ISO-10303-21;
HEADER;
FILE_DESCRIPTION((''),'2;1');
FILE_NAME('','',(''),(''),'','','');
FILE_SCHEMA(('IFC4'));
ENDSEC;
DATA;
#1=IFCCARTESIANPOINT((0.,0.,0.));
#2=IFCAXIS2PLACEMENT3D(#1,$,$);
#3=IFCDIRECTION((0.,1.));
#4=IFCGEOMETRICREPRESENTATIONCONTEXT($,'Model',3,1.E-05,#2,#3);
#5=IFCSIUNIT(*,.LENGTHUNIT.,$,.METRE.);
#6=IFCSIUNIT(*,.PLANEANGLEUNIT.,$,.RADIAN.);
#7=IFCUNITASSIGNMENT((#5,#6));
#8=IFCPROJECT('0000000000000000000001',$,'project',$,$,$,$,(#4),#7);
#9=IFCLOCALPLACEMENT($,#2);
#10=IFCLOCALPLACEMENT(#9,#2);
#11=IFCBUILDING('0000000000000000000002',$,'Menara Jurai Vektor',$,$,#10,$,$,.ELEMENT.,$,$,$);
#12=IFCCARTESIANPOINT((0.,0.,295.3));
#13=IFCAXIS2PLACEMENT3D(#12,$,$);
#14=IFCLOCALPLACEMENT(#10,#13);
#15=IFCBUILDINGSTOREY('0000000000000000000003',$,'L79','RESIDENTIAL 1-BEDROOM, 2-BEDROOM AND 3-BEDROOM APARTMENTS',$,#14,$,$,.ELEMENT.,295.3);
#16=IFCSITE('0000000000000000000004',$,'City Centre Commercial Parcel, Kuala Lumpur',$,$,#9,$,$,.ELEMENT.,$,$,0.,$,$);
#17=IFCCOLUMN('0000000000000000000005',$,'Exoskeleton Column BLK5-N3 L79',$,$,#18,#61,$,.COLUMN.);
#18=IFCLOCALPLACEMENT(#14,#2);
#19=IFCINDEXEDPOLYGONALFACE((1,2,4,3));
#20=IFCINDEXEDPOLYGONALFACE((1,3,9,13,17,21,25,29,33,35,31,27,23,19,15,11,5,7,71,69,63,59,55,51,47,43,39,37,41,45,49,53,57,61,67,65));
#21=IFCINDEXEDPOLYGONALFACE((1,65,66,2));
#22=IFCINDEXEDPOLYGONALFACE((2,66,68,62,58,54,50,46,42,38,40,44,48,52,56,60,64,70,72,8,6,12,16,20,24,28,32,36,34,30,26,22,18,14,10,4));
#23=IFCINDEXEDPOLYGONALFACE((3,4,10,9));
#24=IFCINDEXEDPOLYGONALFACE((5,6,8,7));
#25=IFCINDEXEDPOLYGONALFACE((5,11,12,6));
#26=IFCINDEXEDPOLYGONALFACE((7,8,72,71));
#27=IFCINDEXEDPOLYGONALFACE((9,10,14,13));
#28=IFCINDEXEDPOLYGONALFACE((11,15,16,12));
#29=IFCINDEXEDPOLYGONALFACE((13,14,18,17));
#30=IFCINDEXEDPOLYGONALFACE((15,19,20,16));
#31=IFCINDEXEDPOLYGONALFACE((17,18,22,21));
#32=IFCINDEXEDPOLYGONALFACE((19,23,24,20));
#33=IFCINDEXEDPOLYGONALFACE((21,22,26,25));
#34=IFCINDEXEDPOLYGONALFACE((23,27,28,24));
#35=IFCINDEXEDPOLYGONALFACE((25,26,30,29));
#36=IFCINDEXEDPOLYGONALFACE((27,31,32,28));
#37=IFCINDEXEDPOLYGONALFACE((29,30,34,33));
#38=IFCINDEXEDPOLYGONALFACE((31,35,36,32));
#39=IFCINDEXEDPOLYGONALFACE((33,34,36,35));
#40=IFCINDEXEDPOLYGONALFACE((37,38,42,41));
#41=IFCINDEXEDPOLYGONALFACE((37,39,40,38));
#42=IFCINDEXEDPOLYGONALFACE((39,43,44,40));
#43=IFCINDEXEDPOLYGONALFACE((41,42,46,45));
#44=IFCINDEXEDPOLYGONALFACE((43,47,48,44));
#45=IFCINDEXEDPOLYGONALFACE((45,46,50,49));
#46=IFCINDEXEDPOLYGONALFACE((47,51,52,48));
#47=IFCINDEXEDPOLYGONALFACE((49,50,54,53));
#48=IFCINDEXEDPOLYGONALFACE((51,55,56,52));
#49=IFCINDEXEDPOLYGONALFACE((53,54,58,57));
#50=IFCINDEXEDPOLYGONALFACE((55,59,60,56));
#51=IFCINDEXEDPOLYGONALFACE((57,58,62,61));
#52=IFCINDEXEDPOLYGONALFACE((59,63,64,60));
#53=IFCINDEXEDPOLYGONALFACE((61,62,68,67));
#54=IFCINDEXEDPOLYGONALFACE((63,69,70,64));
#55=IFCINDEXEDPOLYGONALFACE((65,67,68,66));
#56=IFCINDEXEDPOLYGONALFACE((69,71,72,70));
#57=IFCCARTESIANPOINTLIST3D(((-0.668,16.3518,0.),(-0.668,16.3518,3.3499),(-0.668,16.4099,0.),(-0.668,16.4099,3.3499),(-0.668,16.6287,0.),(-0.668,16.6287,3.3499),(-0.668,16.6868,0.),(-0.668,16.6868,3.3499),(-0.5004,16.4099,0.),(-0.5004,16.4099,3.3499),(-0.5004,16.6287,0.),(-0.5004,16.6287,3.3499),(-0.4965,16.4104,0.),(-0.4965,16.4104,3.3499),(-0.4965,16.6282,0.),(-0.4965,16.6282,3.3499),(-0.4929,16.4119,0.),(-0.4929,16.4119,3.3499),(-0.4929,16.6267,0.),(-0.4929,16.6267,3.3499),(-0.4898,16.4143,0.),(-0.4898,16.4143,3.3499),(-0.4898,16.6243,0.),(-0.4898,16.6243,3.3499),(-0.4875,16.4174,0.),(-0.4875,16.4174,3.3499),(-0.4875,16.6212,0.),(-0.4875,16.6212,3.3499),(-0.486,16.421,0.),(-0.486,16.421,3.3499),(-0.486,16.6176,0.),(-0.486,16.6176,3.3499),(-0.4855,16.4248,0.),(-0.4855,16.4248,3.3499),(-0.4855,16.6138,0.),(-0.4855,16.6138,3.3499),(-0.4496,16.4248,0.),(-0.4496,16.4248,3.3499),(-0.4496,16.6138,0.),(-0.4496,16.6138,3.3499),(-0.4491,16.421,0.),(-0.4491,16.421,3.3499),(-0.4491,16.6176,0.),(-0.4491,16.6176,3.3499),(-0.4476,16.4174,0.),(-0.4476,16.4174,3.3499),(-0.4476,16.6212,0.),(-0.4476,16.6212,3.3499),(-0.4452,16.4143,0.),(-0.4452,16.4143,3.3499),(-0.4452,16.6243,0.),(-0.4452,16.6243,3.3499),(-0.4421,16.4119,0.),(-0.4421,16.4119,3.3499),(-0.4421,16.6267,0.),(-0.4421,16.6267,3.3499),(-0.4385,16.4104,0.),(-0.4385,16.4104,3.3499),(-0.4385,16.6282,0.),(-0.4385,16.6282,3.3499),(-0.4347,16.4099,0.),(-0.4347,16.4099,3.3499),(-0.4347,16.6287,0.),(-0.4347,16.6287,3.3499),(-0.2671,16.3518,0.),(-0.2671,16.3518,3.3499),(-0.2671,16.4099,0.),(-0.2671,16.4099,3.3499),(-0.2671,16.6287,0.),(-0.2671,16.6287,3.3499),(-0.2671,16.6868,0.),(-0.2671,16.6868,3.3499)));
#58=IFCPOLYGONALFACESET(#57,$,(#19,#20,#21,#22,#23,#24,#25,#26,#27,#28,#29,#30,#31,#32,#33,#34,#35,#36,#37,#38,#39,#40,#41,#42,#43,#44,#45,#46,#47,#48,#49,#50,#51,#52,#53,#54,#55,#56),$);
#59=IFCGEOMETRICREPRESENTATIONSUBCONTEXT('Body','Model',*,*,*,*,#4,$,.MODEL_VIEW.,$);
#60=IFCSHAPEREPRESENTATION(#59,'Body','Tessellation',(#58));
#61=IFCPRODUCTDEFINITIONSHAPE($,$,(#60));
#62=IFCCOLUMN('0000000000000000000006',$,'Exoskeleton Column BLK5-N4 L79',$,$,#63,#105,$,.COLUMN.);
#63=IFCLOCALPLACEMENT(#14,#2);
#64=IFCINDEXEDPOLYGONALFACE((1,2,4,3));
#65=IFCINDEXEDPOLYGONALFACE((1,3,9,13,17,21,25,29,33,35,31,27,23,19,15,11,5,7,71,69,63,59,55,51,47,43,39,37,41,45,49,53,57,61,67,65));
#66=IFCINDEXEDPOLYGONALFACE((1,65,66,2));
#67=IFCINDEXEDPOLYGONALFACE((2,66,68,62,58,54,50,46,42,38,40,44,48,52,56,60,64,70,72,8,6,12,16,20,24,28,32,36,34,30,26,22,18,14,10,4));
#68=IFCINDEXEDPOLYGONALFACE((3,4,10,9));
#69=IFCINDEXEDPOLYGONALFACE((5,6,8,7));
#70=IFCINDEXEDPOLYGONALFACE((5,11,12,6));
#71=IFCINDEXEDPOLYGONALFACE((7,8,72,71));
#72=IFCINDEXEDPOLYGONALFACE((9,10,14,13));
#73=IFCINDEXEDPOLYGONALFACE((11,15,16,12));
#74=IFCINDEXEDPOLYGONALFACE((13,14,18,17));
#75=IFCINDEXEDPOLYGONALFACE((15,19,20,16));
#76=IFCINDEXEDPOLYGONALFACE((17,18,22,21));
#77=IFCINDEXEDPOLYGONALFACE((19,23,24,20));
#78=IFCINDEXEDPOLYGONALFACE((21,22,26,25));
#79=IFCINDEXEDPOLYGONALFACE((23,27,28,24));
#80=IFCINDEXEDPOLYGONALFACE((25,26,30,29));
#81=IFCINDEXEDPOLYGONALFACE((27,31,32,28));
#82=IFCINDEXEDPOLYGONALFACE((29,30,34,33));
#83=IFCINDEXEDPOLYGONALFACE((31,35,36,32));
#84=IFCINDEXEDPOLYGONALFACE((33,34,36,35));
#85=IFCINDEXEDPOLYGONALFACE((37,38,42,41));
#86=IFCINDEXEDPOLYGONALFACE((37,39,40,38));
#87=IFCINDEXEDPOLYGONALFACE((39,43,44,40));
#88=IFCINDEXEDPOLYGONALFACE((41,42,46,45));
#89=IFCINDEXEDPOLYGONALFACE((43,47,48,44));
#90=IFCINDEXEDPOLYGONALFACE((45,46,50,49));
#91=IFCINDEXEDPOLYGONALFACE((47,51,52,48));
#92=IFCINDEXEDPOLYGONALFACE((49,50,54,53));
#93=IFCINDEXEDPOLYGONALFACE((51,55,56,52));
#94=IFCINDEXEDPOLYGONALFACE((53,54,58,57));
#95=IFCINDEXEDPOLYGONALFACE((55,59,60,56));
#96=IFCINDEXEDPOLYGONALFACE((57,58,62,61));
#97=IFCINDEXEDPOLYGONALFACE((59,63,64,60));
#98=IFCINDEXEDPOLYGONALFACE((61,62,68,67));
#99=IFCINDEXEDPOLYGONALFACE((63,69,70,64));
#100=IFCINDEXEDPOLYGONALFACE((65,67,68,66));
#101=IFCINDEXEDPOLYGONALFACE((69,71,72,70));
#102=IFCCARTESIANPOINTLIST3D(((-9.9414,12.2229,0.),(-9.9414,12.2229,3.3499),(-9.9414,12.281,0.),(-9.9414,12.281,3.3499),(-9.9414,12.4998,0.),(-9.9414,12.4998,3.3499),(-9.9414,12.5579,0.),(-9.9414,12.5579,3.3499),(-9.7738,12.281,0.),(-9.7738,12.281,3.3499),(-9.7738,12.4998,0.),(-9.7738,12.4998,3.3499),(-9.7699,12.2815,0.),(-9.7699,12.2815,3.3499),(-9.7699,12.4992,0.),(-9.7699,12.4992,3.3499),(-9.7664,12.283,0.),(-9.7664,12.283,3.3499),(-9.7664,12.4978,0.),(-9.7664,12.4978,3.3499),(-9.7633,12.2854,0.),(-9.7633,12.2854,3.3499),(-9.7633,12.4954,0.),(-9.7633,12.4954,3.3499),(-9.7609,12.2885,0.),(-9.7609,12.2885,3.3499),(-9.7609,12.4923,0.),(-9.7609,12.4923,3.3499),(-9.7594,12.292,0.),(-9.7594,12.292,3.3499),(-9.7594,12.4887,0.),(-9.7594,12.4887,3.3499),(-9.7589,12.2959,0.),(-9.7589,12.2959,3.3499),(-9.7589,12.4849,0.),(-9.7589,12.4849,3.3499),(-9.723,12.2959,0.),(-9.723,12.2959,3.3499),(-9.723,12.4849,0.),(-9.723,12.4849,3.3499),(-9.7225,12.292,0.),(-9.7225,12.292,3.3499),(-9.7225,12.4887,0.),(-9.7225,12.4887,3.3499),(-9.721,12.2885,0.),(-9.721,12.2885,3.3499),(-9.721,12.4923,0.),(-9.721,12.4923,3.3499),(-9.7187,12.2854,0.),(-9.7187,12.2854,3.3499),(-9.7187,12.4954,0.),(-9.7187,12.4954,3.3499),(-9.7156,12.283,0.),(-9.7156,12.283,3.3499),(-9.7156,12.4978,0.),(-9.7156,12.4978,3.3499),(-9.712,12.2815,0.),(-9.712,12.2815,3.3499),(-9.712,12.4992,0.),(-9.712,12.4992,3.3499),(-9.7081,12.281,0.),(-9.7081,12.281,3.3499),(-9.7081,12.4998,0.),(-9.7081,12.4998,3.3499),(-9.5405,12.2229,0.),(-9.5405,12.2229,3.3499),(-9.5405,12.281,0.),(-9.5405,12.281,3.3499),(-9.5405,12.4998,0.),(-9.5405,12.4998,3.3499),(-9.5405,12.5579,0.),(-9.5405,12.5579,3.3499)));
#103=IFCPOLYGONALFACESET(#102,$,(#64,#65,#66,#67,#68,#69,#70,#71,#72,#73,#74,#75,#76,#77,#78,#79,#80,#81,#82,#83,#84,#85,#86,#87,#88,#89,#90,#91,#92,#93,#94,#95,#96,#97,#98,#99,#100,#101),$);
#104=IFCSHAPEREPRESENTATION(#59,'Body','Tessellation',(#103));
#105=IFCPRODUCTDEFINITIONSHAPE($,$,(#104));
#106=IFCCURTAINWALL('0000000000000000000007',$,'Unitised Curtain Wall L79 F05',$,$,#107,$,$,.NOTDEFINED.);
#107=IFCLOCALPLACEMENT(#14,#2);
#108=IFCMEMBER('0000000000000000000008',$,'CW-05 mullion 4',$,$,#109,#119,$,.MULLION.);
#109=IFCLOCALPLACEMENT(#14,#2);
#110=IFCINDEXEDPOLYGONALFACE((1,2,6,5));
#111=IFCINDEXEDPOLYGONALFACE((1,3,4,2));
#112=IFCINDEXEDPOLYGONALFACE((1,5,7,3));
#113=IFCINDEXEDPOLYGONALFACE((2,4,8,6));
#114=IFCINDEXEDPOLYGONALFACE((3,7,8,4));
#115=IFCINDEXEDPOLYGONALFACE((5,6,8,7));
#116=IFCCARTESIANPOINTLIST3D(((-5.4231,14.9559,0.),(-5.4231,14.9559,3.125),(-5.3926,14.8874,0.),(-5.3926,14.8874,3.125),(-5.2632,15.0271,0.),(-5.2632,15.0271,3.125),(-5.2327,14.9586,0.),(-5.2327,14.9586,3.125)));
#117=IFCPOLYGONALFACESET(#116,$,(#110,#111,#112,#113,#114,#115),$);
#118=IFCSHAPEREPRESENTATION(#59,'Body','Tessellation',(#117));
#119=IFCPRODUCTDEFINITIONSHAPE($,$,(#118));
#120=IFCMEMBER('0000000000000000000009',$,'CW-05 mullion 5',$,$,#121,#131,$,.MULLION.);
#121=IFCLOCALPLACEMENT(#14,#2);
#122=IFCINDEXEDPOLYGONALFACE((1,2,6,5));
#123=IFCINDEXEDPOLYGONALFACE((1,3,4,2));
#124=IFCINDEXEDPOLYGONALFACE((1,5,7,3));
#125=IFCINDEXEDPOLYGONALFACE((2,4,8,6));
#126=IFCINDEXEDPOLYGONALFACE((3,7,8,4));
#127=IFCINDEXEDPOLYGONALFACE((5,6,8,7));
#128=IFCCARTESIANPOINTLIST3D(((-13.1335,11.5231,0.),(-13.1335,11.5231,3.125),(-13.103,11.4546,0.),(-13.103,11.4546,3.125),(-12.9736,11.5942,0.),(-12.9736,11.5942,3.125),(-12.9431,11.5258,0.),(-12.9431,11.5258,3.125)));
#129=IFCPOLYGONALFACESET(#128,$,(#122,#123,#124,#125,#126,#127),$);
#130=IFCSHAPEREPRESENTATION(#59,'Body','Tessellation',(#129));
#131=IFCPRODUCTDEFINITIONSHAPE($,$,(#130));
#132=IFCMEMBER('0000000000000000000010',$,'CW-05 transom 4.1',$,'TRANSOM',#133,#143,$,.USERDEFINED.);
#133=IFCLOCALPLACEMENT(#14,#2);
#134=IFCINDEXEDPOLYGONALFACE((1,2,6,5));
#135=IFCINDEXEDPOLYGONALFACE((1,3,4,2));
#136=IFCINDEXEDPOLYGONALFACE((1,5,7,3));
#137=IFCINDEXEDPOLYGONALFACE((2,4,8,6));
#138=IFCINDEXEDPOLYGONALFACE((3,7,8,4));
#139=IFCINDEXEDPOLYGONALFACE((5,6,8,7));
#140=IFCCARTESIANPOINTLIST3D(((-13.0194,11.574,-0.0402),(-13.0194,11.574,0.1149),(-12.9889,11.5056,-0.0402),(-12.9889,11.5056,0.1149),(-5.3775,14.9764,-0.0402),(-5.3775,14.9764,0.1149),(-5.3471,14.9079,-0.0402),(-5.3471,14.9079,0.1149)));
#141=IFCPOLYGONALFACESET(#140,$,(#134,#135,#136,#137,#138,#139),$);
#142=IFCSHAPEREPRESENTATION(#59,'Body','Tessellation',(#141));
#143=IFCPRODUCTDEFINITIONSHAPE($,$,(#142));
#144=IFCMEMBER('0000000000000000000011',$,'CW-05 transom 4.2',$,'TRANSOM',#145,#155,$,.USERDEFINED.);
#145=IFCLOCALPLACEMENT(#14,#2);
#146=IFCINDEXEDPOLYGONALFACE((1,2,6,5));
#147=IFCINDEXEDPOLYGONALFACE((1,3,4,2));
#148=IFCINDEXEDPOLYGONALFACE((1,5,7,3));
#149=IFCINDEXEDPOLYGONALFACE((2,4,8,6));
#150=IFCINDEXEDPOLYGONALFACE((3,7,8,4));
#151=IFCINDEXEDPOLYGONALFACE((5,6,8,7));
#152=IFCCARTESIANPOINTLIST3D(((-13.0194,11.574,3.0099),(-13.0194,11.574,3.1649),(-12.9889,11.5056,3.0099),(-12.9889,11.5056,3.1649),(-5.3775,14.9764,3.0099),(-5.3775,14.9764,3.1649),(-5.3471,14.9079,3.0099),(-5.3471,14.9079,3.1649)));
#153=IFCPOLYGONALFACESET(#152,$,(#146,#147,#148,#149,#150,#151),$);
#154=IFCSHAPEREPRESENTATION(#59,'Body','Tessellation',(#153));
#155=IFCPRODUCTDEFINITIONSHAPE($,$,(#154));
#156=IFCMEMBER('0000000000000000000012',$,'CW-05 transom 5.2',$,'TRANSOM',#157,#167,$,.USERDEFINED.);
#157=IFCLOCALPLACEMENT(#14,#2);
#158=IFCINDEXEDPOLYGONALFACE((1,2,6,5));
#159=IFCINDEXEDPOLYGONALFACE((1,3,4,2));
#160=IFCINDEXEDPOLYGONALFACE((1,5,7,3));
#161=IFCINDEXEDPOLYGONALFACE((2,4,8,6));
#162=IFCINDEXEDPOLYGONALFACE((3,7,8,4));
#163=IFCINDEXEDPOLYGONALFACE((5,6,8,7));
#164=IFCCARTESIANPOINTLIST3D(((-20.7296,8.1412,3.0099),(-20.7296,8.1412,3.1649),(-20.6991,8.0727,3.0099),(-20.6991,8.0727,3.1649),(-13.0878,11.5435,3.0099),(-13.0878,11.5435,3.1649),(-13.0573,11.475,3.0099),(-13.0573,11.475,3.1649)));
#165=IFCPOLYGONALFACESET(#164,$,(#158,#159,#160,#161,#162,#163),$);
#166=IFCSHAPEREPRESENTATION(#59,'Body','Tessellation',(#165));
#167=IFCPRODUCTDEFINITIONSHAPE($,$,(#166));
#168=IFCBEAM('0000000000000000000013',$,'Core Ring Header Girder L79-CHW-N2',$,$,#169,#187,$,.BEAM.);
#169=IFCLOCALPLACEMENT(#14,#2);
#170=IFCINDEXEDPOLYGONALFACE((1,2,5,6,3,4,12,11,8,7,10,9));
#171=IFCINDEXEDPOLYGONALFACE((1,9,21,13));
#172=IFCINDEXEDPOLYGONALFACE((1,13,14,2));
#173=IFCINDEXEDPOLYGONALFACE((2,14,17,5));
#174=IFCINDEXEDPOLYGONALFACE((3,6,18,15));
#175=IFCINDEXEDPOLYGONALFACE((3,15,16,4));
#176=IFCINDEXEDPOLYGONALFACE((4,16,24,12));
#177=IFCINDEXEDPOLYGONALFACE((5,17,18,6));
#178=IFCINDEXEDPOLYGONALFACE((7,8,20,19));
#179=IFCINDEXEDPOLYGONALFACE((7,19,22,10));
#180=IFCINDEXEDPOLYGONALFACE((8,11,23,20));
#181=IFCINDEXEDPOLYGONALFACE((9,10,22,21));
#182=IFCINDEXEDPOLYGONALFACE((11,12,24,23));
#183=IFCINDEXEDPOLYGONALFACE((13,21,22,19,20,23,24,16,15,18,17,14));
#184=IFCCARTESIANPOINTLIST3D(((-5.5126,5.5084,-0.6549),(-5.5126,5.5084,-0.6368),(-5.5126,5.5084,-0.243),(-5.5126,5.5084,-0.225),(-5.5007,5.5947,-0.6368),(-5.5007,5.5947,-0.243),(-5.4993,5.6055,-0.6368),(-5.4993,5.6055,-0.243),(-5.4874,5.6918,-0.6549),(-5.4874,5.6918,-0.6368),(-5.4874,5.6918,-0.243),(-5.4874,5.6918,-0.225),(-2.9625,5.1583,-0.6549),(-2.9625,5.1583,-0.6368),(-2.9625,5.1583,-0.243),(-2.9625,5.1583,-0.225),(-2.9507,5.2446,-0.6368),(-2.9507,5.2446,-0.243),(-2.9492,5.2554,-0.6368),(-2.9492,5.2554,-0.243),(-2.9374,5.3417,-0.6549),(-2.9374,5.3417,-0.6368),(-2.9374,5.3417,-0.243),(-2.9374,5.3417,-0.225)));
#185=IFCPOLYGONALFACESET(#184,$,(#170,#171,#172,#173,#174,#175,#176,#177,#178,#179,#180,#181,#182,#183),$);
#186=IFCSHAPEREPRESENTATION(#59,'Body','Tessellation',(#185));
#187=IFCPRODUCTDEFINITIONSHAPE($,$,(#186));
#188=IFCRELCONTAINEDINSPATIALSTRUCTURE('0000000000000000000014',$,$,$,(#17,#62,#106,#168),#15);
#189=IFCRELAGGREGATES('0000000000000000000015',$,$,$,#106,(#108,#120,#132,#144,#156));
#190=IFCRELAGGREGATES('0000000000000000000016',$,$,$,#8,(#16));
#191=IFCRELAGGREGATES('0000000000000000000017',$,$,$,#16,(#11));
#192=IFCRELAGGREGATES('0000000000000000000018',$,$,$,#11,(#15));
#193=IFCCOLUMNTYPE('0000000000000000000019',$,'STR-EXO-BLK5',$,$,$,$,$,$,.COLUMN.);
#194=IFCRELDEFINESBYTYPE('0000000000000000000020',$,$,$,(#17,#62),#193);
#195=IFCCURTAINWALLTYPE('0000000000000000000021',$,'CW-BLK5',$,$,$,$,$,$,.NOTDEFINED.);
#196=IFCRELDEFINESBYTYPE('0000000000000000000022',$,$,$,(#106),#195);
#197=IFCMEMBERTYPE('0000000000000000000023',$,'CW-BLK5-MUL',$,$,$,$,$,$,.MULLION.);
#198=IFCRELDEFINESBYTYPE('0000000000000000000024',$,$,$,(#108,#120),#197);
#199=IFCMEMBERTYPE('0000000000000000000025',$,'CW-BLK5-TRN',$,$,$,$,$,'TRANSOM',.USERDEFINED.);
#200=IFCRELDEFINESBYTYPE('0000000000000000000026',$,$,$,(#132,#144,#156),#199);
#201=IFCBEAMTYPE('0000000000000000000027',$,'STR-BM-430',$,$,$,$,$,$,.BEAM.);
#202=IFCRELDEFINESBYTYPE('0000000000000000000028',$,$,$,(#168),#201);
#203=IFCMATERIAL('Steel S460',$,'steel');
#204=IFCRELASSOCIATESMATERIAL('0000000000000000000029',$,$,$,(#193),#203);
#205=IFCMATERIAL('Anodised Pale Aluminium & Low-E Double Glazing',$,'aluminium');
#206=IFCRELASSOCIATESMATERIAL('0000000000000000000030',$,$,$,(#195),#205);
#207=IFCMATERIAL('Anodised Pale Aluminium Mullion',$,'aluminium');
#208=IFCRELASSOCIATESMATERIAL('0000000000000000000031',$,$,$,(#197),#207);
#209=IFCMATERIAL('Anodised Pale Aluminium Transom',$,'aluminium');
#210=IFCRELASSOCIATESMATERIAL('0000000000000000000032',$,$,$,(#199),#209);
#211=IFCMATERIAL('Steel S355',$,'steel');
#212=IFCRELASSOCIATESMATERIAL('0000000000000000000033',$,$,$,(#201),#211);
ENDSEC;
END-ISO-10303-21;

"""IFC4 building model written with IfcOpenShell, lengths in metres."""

from ifc_helpers import new_model, si_unit, direction, frame, origin, origin_2d, place, context, subcontext, project, spatial, rectangle, i_section, extrude, material, material_profile, profile_set, type_object, element, aggregate, save


model = new_model("IFC4")

# Units and contexts
model_context = context("Model", 3, precision=1e-05, world=origin(), true_north=direction((0.0, 1.0)))
body_context = subcontext(model_context, "Body", "Model", "MODEL_VIEW")
ifc_project = project(units=[si_unit("LENGTHUNIT", "METRE"), si_unit("PLANEANGLEUNIT", "RADIAN")], contexts=[model_context])

# Site, building, storey
site_placement = place(None, origin())
site = spatial("IfcSite", under=ifc_project, at=site_placement, Name="City Centre Commercial Parcel, Kuala Lumpur", CompositionType="ELEMENT", RefElevation=0.0)
building_placement = place(site_placement, origin())
building = spatial("IfcBuilding", under=site, at=building_placement, Name="Menara Jurai Vektor", CompositionType="ELEMENT")
storey_placement = place(building_placement, frame((0.0, 0.0, 295.3)))
storey = spatial("IfcBuildingStorey", under=building, at=storey_placement, Name="L79", Description="RESIDENTIAL 1-BEDROOM, 2-BEDROOM AND 3-BEDROOM APARTMENTS", CompositionType="ELEMENT", Elevation=295.3)

# Columns
ifc_material_1 = material(Name="Steel S460", Category="steel")
ifc_material_profile_1 = material_profile(ifc_material_1, i_section(OverallWidth=0.4009, OverallDepth=0.335, WebThickness=0.0359, FlangeThickness=0.0581, FilletRadius=0.0149, at=origin_2d()), Name="HD 400x463")
ifc_profile_set_1 = profile_set([ifc_material_profile_1], Name="Steel S460")
column_type = type_object("IfcColumnType", Name="STR-EXO-BLK5", PredefinedType="COLUMN", material=ifc_profile_set_1)
for number, where, z_axis, x_axis, name in (
    (1, (-0.4675, 16.5193, 0.0), (0.0, 0.0, 1.0), (1.0, 0.0, 0.0), "Exoskeleton Column BLK5-N3 L79"),
    (2, (-9.741, 12.3904, 0.0), (0.0, 0.0, 1.0), (1.0, 0.0, 0.0), "Exoskeleton Column BLK5-N4 L79"),
):
    element("IfcColumn", number, at=place(storey_placement, frame(where, z_axis=z_axis, x_axis=x_axis)), inside=storey, type_object=column_type, Name=name, PredefinedType="COLUMN", context=body_context, shape_type="SweptSolid", body=[
        extrude(i_section(OverallWidth=0.4009, OverallDepth=0.335, WebThickness=0.0359, FlangeThickness=0.0581, FilletRadius=0.0149, at=origin_2d()), origin(), (0.0, 0.0, 1.0), 3.3499),
    ])

# Curtain wall, members
ifc_material_2 = material(Name="Anodised Pale Aluminium & Low-E Double Glazing", Category="aluminium")
curtain_wall_type = type_object("IfcCurtainWallType", Name="CW-BLK5", PredefinedType="NOTDEFINED", material=ifc_material_2)
curtain_wall_placement = place(storey_placement, origin())
curtain_wall = element("IfcCurtainWall", 3, at=curtain_wall_placement, inside=storey, type_object=curtain_wall_type, Name="Unitised Curtain Wall L79 F05", PredefinedType="NOTDEFINED")
ifc_material_3 = material(Name="Anodised Pale Aluminium Mullion", Category="aluminium")
ifc_material_profile_2 = material_profile(ifc_material_3, rectangle(XDim=0.075, YDim=0.175, at=origin_2d()), Name="ALU MUL 75x175")
ifc_profile_set_2 = profile_set([ifc_material_profile_2], Name="Anodised Pale Aluminium Mullion")
member_type_1 = type_object("IfcMemberType", Name="CW-BLK5-MUL", PredefinedType="MULLION", material=ifc_profile_set_2)
member_1_placement = place(storey_placement, frame((-5.3279, 14.9573, 0.0), z_axis=(0.0, 0.0, 1.0), x_axis=(0.406735, -0.913546, 0.0)))
member_1 = element("IfcMember", 4, at=member_1_placement, type_object=member_type_1, Name="CW-05 mullion 4", PredefinedType="MULLION", context=body_context, shape_type="SweptSolid", body=[
    extrude(rectangle(XDim=0.075, YDim=0.175, at=origin_2d()), origin(), (0.0, 0.0, 1.0), 3.125),
])
member_2_placement = place(storey_placement, frame((-13.0383, 11.5244, 0.0), z_axis=(0.0, 0.0, 1.0), x_axis=(0.406735, -0.913546, 0.0)))
member_2 = element("IfcMember", 5, at=member_2_placement, type_object=member_type_1, Name="CW-05 mullion 5", PredefinedType="MULLION", context=body_context, shape_type="SweptSolid", body=[
    extrude(rectangle(XDim=0.075, YDim=0.175, at=origin_2d()), origin(), (0.0, 0.0, 1.0), 3.125),
])
ifc_material_4 = material(Name="Anodised Pale Aluminium Transom", Category="aluminium")
ifc_material_profile_3 = material_profile(ifc_material_4, rectangle(XDim=0.075, YDim=0.155, at=origin_2d()), Name="ALU TRN 75x155")
ifc_profile_set_3 = profile_set([ifc_material_profile_3], Name="Anodised Pale Aluminium Transom")
member_type_2 = type_object("IfcMemberType", Name="CW-BLK5-TRN", ElementType="TRANSOM", PredefinedType="USERDEFINED", material=ifc_profile_set_3)
member_3_placement = place(storey_placement, frame((-5.3623, 14.9421, 0.0374), z_axis=(-0.913547, -0.406734, 0.0), x_axis=(0.406734, -0.913547, 0.0)))
member_3 = element("IfcMember", 6, at=member_3_placement, type_object=member_type_2, Name="CW-05 transom 4.1", ObjectType="TRANSOM", PredefinedType="USERDEFINED", context=body_context, shape_type="SweptSolid", body=[
    extrude(rectangle(XDim=0.075, YDim=0.155, at=origin_2d()), origin(), (0.0, 0.0, 1.0), 8.365),
])
member_4_placement = place(storey_placement, frame((-5.3623, 14.9421, 3.0874), z_axis=(-0.913547, -0.406734, 0.0), x_axis=(0.406734, -0.913547, 0.0)))
member_4 = element("IfcMember", 7, at=member_4_placement, type_object=member_type_2, Name="CW-05 transom 4.2", ObjectType="TRANSOM", PredefinedType="USERDEFINED", context=body_context, shape_type="SweptSolid", body=[
    extrude(rectangle(XDim=0.075, YDim=0.155, at=origin_2d()), origin(), (0.0, 0.0, 1.0), 8.365),
])
member_5_placement = place(storey_placement, frame((-13.0725, 11.5093, 3.0874), z_axis=(-0.913547, -0.406734, 0.0), x_axis=(0.406734, -0.913547, 0.0)))
member_5 = element("IfcMember", 8, at=member_5_placement, type_object=member_type_2, Name="CW-05 transom 5.2", ObjectType="TRANSOM", PredefinedType="USERDEFINED", context=body_context, shape_type="SweptSolid", body=[
    extrude(rectangle(XDim=0.075, YDim=0.155, at=origin_2d()), origin(), (0.0, 0.0, 1.0), 8.365),
])

# Beam
ifc_material_5 = material(Name="Steel S355", Category="steel")
ifc_material_profile_4 = material_profile(ifc_material_5, i_section(OverallWidth=0.1851, OverallDepth=0.4299, WebThickness=0.011, FlangeThickness=0.0181, at=origin_2d()), Name="PG 430x185x76")
ifc_profile_set_4 = profile_set([ifc_material_profile_4], Name="Steel S355")
beam_type_1 = type_object("IfcBeamType", Name="STR-BM-430", PredefinedType="BEAM", material=ifc_profile_set_4)
beam_1_placement = place(storey_placement, frame((-5.5, 5.6001, -0.4399), z_axis=(0.990707, -0.136015, 0.0), x_axis=(0.136015, 0.990707, 0.0)))
element("IfcBeam", 9, at=beam_1_placement, inside=storey, type_object=beam_type_1, Name="Core Ring Header Girder L79-CHW-N2", PredefinedType="BEAM", context=body_context, shape_type="SweptSolid", body=[
    extrude(i_section(OverallWidth=0.1851, OverallDepth=0.4299, WebThickness=0.011, FlangeThickness=0.0181, at=origin_2d()), origin(), (0.0, 0.0, 1.0), 2.574),
])

aggregate(curtain_wall, [member_1, member_2, member_3, member_4, member_5])

save(model, "model.ifc")
